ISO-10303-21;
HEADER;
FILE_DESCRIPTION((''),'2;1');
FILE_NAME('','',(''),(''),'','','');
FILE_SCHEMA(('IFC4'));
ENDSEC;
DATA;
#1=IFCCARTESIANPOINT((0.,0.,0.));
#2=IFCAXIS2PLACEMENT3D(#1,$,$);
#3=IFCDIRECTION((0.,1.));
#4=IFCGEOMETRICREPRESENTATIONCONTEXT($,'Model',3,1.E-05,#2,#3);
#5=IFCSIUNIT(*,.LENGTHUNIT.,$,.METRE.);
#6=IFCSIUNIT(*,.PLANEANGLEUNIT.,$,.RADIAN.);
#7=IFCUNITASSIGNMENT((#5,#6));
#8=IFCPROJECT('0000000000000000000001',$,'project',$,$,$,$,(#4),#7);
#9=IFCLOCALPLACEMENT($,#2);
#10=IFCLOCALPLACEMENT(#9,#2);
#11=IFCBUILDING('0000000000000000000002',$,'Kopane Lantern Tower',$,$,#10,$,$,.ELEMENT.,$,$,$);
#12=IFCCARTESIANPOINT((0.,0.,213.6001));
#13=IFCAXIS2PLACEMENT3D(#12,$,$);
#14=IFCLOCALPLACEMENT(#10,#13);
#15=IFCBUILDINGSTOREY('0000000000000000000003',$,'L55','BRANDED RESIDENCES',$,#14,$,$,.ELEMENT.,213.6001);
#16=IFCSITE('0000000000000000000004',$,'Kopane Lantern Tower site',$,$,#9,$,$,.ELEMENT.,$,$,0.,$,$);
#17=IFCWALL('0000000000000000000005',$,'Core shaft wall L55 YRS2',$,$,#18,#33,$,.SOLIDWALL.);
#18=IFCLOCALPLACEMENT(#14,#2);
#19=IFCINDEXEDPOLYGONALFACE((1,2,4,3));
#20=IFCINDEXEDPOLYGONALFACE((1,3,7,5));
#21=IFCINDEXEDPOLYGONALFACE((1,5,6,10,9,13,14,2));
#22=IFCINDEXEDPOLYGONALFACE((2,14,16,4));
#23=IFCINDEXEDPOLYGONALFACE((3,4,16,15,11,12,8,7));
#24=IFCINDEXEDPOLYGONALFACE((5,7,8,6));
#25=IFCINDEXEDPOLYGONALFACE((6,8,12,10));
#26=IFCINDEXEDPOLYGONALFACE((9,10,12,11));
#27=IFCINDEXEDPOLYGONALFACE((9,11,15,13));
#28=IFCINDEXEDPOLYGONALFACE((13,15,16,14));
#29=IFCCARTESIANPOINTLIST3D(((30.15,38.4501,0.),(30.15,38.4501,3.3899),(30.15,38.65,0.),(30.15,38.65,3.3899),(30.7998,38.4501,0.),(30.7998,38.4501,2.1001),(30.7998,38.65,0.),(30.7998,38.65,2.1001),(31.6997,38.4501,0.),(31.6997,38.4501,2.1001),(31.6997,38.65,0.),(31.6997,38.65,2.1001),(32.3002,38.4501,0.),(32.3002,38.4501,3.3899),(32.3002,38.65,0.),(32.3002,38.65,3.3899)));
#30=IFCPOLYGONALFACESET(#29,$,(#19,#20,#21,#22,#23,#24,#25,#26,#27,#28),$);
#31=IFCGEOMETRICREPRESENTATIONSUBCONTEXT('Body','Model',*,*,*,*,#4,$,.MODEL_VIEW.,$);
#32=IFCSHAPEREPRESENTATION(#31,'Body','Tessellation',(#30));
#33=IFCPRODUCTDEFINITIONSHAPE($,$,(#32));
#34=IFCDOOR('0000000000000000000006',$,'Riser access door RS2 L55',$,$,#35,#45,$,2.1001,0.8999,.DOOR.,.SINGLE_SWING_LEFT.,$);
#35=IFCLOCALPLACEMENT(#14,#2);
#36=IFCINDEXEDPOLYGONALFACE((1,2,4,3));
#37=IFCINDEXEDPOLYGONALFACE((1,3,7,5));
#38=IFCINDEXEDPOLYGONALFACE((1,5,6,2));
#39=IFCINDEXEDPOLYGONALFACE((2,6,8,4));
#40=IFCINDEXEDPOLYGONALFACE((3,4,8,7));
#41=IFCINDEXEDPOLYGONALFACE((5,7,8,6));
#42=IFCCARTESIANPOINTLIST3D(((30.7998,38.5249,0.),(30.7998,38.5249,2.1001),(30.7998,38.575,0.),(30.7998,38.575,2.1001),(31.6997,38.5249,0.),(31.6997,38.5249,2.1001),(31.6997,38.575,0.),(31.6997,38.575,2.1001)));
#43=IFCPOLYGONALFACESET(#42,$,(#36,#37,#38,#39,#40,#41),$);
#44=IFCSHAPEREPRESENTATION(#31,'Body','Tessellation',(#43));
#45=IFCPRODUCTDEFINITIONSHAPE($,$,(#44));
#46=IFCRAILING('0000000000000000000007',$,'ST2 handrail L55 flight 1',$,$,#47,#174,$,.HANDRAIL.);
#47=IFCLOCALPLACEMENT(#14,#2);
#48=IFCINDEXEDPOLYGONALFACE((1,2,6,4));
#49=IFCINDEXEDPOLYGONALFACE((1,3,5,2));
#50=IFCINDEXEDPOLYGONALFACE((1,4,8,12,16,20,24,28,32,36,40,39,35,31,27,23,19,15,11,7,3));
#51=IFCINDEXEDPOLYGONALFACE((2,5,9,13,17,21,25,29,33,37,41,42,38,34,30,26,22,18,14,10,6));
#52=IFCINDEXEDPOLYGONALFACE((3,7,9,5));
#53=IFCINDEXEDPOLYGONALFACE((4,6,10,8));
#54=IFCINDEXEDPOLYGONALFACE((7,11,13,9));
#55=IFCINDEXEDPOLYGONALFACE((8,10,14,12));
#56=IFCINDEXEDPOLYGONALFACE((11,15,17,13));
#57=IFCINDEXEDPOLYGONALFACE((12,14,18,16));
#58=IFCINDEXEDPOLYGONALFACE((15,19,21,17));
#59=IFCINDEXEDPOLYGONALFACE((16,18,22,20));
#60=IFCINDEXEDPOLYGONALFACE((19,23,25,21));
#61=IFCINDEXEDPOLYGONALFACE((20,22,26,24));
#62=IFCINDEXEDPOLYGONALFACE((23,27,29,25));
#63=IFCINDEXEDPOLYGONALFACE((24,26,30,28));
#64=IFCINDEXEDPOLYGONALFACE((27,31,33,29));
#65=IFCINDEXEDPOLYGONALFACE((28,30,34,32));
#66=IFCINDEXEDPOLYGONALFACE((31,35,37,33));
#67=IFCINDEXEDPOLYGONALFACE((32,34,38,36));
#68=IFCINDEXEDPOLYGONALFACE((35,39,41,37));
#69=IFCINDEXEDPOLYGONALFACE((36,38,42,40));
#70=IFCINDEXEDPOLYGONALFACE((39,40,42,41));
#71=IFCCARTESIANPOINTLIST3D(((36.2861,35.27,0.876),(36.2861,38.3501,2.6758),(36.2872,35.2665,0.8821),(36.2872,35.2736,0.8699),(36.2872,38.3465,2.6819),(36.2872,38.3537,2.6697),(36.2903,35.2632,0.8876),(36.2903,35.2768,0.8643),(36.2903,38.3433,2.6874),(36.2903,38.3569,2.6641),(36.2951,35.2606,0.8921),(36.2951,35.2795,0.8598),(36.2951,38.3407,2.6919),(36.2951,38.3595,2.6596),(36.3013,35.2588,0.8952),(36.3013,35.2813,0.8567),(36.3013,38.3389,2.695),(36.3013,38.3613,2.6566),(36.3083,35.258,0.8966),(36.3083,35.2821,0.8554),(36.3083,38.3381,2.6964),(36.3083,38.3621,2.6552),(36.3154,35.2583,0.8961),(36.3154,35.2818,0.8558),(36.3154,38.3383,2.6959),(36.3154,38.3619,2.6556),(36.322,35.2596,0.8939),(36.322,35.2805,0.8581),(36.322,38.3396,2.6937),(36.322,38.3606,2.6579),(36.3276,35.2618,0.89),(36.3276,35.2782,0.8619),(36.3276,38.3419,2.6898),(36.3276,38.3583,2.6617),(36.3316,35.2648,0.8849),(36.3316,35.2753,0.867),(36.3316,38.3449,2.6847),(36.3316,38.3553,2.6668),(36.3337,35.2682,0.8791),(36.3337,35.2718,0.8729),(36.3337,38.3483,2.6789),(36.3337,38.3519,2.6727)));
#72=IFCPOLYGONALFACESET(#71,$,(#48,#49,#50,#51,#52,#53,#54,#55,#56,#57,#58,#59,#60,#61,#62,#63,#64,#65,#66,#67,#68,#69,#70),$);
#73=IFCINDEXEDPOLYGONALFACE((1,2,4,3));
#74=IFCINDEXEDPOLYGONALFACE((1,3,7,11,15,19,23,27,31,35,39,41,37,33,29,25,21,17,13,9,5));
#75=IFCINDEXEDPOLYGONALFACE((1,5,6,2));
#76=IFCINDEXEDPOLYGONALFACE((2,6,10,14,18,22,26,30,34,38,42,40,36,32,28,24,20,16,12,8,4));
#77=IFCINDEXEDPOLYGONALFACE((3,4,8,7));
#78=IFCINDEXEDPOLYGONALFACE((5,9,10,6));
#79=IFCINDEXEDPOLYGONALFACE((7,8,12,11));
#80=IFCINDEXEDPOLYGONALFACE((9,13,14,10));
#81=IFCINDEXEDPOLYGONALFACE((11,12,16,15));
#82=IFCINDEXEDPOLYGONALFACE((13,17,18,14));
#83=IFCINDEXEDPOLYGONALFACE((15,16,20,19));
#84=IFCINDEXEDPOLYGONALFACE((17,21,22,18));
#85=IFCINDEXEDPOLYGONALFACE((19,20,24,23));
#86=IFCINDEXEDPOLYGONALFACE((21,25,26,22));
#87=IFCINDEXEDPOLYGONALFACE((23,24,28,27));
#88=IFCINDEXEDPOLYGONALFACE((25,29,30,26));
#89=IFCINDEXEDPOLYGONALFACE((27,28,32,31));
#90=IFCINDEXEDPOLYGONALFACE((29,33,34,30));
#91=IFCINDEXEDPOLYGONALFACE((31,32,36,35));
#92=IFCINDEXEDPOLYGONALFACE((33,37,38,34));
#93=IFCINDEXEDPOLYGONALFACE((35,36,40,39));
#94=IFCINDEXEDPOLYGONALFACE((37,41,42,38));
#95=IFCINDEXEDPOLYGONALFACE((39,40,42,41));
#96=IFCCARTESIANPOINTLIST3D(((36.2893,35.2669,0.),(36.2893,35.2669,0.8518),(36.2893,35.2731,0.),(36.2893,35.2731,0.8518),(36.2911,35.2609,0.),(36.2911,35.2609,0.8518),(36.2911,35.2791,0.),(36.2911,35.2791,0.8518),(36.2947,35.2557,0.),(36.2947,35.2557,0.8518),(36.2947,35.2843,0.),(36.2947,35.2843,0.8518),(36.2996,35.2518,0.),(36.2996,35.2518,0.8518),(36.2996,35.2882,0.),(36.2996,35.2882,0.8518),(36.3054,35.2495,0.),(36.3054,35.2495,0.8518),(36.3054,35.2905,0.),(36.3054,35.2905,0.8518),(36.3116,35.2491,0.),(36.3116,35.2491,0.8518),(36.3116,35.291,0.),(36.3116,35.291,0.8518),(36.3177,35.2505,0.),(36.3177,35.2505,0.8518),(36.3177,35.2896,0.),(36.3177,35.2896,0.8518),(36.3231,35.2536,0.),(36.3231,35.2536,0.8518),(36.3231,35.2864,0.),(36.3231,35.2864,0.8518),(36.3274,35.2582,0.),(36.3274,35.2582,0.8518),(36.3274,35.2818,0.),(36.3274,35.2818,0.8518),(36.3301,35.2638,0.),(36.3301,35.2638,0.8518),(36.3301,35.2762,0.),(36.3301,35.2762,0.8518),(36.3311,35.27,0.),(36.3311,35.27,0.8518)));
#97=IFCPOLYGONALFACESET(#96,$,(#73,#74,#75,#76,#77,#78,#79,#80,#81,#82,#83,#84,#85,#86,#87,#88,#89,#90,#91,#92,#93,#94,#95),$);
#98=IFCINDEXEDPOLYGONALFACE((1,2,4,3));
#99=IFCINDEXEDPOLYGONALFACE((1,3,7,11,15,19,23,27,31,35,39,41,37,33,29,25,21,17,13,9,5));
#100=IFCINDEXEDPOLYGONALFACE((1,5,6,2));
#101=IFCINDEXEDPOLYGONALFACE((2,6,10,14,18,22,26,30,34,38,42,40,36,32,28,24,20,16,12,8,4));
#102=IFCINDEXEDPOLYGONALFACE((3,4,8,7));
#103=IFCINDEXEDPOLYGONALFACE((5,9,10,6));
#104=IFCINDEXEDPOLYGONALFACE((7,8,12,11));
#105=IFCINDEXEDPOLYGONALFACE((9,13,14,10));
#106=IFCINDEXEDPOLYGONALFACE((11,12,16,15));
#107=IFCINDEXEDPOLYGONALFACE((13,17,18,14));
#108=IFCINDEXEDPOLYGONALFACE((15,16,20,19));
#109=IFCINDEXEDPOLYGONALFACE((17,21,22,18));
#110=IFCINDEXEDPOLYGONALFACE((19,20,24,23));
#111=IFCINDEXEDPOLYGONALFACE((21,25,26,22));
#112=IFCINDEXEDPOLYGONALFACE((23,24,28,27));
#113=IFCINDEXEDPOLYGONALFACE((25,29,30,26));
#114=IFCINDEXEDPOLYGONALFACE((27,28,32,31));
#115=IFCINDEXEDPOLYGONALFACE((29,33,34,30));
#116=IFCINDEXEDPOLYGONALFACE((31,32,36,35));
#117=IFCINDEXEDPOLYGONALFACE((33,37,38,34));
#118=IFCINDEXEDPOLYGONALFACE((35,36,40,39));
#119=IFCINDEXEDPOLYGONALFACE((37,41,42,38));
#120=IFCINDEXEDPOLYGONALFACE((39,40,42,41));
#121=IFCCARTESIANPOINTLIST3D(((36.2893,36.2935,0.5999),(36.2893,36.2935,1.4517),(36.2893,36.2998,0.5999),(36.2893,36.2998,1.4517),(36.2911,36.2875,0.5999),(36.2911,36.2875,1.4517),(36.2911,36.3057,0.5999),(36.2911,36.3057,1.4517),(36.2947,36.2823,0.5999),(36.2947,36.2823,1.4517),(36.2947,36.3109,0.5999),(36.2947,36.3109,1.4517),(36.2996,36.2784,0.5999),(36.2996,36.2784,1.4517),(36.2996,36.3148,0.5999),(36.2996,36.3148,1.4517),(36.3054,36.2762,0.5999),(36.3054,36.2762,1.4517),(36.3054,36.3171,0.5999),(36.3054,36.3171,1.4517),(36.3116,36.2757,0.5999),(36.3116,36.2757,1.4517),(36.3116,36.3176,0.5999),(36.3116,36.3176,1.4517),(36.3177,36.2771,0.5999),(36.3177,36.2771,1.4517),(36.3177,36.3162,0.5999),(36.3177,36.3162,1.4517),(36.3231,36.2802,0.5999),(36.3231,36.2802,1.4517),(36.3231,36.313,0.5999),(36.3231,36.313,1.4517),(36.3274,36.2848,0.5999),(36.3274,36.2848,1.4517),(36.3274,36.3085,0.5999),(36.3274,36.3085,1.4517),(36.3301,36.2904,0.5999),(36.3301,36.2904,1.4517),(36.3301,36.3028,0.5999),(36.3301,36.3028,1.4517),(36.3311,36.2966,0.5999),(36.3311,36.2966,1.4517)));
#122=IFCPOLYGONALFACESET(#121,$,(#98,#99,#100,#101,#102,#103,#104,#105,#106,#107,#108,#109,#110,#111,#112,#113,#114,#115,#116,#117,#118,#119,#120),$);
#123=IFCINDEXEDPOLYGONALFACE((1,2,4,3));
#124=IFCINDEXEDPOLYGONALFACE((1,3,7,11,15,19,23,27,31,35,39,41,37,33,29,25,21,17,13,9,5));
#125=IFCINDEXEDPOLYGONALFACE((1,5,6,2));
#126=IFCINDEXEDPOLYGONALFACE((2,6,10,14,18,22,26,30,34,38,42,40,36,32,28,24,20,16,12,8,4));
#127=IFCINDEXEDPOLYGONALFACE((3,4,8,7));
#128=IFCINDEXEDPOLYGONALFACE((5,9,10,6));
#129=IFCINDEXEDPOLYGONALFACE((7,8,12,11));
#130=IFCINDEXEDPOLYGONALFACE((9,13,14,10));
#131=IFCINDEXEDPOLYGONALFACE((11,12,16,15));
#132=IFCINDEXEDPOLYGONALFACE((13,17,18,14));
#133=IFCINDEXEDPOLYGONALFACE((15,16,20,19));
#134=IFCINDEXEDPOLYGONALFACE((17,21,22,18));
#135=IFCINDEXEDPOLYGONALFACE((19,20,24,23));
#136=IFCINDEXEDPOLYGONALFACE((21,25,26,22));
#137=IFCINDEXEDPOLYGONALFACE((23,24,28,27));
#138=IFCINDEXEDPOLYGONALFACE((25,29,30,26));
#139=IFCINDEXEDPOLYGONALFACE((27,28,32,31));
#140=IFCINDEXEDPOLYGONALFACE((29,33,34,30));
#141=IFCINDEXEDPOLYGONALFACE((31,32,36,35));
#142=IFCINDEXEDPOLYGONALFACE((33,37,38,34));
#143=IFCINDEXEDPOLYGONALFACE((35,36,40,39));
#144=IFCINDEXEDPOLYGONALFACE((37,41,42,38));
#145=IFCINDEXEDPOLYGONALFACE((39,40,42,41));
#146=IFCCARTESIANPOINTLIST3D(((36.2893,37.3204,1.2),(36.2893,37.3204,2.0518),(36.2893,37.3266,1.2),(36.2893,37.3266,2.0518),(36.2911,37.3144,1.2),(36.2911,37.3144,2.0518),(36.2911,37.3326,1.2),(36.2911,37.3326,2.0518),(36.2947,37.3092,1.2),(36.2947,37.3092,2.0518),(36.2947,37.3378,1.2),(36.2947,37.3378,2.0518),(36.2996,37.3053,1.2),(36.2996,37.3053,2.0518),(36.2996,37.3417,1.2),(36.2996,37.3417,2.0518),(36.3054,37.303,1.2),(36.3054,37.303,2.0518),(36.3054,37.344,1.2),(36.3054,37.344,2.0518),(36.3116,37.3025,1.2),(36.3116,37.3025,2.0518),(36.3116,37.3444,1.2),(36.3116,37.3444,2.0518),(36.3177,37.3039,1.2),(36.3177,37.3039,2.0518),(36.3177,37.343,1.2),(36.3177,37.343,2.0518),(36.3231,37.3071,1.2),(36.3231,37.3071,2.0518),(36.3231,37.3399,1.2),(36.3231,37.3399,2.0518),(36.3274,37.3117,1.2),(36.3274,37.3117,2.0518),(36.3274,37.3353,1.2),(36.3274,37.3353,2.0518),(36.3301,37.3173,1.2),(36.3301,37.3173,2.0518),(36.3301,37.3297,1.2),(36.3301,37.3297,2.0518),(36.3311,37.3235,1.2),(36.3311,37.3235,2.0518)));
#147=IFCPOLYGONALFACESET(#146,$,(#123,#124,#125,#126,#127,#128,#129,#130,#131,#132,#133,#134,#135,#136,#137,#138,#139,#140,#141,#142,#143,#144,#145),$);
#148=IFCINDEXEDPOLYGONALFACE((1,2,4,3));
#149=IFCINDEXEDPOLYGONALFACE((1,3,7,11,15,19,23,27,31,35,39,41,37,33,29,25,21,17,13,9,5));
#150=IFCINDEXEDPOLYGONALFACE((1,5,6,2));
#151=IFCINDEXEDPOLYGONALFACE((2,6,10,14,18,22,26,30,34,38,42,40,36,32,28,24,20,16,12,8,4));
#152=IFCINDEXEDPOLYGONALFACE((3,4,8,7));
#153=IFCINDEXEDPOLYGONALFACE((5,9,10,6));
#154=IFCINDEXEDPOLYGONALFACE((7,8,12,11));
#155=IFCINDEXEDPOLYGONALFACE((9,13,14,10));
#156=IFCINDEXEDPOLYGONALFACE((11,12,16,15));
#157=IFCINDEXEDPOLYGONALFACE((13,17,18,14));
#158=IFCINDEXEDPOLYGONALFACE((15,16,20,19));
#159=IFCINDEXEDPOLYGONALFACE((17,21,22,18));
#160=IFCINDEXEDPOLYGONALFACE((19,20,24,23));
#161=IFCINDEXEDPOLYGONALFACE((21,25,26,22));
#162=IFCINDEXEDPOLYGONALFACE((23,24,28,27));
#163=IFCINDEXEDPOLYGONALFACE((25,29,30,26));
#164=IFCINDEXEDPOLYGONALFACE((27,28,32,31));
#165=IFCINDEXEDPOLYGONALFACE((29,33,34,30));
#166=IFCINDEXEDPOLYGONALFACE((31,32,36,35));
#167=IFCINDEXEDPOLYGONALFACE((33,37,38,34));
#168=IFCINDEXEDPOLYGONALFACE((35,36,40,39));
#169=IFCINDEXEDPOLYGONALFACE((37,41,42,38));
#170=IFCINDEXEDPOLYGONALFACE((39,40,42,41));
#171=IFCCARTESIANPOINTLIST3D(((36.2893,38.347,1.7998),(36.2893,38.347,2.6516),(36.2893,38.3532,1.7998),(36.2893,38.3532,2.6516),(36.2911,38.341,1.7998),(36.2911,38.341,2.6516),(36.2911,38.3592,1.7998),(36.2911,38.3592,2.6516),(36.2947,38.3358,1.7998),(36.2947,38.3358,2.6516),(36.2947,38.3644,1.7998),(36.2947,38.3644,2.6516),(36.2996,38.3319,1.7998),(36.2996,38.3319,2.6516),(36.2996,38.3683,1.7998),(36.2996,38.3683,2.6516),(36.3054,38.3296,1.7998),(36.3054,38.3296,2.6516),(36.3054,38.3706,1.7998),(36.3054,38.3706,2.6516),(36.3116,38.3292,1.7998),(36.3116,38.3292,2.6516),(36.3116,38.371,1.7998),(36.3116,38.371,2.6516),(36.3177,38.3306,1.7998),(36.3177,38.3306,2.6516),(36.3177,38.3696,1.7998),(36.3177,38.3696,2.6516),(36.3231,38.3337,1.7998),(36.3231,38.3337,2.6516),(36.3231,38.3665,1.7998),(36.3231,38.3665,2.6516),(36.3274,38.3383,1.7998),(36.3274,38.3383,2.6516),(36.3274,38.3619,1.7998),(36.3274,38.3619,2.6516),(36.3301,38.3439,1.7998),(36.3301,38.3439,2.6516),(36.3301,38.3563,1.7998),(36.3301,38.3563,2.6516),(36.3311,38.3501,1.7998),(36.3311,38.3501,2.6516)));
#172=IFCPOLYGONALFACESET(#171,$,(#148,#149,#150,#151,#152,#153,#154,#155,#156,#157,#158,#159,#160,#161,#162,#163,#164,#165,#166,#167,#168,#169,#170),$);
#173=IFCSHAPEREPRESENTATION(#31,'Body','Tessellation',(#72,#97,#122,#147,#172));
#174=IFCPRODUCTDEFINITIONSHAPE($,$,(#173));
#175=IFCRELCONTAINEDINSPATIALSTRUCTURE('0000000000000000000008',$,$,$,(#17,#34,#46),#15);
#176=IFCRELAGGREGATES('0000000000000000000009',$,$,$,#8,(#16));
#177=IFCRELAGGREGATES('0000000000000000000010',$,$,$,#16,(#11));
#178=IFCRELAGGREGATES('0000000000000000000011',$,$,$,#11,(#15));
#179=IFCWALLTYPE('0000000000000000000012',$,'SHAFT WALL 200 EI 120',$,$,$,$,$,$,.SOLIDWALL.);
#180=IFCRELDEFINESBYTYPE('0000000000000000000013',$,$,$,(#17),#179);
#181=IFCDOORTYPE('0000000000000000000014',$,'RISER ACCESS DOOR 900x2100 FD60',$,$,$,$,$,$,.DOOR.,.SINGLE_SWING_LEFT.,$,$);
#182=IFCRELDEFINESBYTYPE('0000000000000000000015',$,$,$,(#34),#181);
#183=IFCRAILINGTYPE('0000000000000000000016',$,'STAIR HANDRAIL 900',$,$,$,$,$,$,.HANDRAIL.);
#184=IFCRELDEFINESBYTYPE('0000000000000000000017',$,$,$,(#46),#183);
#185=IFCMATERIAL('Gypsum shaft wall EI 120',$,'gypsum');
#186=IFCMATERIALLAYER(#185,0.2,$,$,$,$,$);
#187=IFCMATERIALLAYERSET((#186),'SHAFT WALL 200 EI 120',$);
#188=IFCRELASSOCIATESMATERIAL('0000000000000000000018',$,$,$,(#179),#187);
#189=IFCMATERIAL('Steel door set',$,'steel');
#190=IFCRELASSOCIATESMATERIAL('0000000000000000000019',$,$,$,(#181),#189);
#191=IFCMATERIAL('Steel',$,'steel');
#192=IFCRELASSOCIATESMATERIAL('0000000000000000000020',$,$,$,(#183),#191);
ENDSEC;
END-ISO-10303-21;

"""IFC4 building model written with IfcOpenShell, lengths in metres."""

from ifc_helpers import new_model, si_unit, direction, frame, frame_2d, origin, origin_2d, place, context, subcontext, project, spatial, rectangle, circle, extrude, material, layer, layer_set, type_object, element, fill, save


model = new_model("IFC4")

# Units and contexts
model_context = context("Model", 3, precision=1e-05, world=origin(), true_north=direction((0.0, 1.0)))
body_context = subcontext(model_context, "Body", "Model", "MODEL_VIEW")
ifc_project = project(units=[si_unit("LENGTHUNIT", "METRE"), si_unit("PLANEANGLEUNIT", "RADIAN")], contexts=[model_context])

# Site, building, storey
site_placement = place(None, origin())
site = spatial("IfcSite", under=ifc_project, at=site_placement, Name="Kopane Lantern Tower site", CompositionType="ELEMENT", RefElevation=0.0)
building_placement = place(site_placement, origin())
building = spatial("IfcBuilding", under=site, at=building_placement, Name="Kopane Lantern Tower", CompositionType="ELEMENT")
storey_placement = place(building_placement, frame((0.0, 0.0, 213.6001)))
storey = spatial("IfcBuildingStorey", under=building, at=storey_placement, Name="L55", Description="BRANDED RESIDENCES", CompositionType="ELEMENT", Elevation=213.6001)

# Shared definitions
ifc_material_1 = material(Name="Gypsum shaft wall EI 120", Category="gypsum")
ifc_layer_1 = layer(ifc_material_1, 0.2)
ifc_layer_set_1 = layer_set([ifc_layer_1], Name="SHAFT WALL 200 EI 120")
wall_type_1 = type_object("IfcWallType", Name="SHAFT WALL 200 EI 120", PredefinedType="SOLIDWALL", material=ifc_layer_set_1)

# Wall, opening, door
wall_1_placement = place(storey_placement, frame((30.1499, 38.55, 0.0), z_axis=(0.0, 0.0, 1.0), x_axis=(1.0, 0.0, 0.0)))
wall_1 = element("IfcWall", 1, at=wall_1_placement, inside=storey, type_object=wall_type_1, Name="Core shaft wall L55 YRS2", PredefinedType="SOLIDWALL", context=body_context, shape_type="SweptSolid", body=[
    extrude(rectangle(XDim=2.1501, YDim=0.2, at=frame_2d((1.0752, 0.0))), origin(), (0.0, 0.0, 1.0), 3.3899),
])
opening_1_placement = place(wall_1_placement, frame((0.6499, 0.0, 0.0)))
opening_1 = element("IfcOpeningElement", 2, at=opening_1_placement, cuts=wall_1, PredefinedType="OPENING", context=body_context, shape_type="SweptSolid", body=[
    extrude(rectangle(XDim=0.8999, YDim=2.1001, at=frame_2d((0.45, 1.05))), frame((0.0, 0.1099, 0.0), z_axis=(0.0, -1.0, 0.0), x_axis=(1.0, 0.0, 0.0)), (0.0, 0.0, 1.0), 0.22),
])
ifc_material_2 = material(Name="Steel door set", Category="steel")
door_type_1 = type_object("IfcDoorType", Name="RISER ACCESS DOOR 900x2100 FD60", OperationType="SINGLE_SWING_LEFT", PredefinedType="DOOR", material=ifc_material_2)
door_1_placement = place(opening_1_placement, origin())
door_1 = element("IfcDoor", 3, at=door_1_placement, inside=storey, type_object=door_type_1, Name="Riser access door RS2 L55", OperationType="SINGLE_SWING_LEFT", OverallHeight=2.1001, OverallWidth=0.8999, PredefinedType="DOOR", context=body_context, shape_type="SweptSolid", body=[
    extrude(rectangle(XDim=0.8999, YDim=2.1001, at=frame_2d((0.45, 1.05))), frame((0.0, 0.0249, 0.0), z_axis=(0.0, -1.0, 0.0), x_axis=(1.0, 0.0, 0.0)), (0.0, 0.0, 1.0), 0.05),
])
fill(opening_1, door_1)

# Railing
ifc_material_3 = material(Name="Steel", Category="steel")
railing_type_1 = type_object("IfcRailingType", Name="STAIR HANDRAIL 900", PredefinedType="HANDRAIL", material=ifc_material_3)
for number, where, name in (
    (4, (36.3101, 35.27, 0.0), "ST2 handrail L55 flight 1"),
):
    element("IfcRailing", number, at=place(storey_placement, frame(where)), inside=storey, type_object=railing_type_1, Name=name, PredefinedType="HANDRAIL", context=body_context, shape_type="SweptSolid", body=[
        extrude(circle(Radius=0.0239, at=origin_2d()), frame((0.0, 0.0, 0.876), z_axis=(0.0, 0.863401, 0.504518), x_axis=(-1.0, 0.0, 0.0)), (0.0, 0.0, 1.0), 3.5674),
        extrude(circle(Radius=0.021, at=origin_2d()), origin(), (0.0, 0.0, 1.0), 0.8518),
        extrude(circle(Radius=0.021, at=origin_2d()), frame((0.0, 1.0266, 0.5999)), (0.0, 0.0, 1.0), 0.8518),
        extrude(circle(Radius=0.021, at=origin_2d()), frame((0.0, 2.0535, 1.2)), (0.0, 0.0, 1.0), 0.8518),
        extrude(circle(Radius=0.021, at=origin_2d()), frame((0.0, 3.0801, 1.7998)), (0.0, 0.0, 1.0), 0.8518),
    ])

save(model, "model.ifc")
